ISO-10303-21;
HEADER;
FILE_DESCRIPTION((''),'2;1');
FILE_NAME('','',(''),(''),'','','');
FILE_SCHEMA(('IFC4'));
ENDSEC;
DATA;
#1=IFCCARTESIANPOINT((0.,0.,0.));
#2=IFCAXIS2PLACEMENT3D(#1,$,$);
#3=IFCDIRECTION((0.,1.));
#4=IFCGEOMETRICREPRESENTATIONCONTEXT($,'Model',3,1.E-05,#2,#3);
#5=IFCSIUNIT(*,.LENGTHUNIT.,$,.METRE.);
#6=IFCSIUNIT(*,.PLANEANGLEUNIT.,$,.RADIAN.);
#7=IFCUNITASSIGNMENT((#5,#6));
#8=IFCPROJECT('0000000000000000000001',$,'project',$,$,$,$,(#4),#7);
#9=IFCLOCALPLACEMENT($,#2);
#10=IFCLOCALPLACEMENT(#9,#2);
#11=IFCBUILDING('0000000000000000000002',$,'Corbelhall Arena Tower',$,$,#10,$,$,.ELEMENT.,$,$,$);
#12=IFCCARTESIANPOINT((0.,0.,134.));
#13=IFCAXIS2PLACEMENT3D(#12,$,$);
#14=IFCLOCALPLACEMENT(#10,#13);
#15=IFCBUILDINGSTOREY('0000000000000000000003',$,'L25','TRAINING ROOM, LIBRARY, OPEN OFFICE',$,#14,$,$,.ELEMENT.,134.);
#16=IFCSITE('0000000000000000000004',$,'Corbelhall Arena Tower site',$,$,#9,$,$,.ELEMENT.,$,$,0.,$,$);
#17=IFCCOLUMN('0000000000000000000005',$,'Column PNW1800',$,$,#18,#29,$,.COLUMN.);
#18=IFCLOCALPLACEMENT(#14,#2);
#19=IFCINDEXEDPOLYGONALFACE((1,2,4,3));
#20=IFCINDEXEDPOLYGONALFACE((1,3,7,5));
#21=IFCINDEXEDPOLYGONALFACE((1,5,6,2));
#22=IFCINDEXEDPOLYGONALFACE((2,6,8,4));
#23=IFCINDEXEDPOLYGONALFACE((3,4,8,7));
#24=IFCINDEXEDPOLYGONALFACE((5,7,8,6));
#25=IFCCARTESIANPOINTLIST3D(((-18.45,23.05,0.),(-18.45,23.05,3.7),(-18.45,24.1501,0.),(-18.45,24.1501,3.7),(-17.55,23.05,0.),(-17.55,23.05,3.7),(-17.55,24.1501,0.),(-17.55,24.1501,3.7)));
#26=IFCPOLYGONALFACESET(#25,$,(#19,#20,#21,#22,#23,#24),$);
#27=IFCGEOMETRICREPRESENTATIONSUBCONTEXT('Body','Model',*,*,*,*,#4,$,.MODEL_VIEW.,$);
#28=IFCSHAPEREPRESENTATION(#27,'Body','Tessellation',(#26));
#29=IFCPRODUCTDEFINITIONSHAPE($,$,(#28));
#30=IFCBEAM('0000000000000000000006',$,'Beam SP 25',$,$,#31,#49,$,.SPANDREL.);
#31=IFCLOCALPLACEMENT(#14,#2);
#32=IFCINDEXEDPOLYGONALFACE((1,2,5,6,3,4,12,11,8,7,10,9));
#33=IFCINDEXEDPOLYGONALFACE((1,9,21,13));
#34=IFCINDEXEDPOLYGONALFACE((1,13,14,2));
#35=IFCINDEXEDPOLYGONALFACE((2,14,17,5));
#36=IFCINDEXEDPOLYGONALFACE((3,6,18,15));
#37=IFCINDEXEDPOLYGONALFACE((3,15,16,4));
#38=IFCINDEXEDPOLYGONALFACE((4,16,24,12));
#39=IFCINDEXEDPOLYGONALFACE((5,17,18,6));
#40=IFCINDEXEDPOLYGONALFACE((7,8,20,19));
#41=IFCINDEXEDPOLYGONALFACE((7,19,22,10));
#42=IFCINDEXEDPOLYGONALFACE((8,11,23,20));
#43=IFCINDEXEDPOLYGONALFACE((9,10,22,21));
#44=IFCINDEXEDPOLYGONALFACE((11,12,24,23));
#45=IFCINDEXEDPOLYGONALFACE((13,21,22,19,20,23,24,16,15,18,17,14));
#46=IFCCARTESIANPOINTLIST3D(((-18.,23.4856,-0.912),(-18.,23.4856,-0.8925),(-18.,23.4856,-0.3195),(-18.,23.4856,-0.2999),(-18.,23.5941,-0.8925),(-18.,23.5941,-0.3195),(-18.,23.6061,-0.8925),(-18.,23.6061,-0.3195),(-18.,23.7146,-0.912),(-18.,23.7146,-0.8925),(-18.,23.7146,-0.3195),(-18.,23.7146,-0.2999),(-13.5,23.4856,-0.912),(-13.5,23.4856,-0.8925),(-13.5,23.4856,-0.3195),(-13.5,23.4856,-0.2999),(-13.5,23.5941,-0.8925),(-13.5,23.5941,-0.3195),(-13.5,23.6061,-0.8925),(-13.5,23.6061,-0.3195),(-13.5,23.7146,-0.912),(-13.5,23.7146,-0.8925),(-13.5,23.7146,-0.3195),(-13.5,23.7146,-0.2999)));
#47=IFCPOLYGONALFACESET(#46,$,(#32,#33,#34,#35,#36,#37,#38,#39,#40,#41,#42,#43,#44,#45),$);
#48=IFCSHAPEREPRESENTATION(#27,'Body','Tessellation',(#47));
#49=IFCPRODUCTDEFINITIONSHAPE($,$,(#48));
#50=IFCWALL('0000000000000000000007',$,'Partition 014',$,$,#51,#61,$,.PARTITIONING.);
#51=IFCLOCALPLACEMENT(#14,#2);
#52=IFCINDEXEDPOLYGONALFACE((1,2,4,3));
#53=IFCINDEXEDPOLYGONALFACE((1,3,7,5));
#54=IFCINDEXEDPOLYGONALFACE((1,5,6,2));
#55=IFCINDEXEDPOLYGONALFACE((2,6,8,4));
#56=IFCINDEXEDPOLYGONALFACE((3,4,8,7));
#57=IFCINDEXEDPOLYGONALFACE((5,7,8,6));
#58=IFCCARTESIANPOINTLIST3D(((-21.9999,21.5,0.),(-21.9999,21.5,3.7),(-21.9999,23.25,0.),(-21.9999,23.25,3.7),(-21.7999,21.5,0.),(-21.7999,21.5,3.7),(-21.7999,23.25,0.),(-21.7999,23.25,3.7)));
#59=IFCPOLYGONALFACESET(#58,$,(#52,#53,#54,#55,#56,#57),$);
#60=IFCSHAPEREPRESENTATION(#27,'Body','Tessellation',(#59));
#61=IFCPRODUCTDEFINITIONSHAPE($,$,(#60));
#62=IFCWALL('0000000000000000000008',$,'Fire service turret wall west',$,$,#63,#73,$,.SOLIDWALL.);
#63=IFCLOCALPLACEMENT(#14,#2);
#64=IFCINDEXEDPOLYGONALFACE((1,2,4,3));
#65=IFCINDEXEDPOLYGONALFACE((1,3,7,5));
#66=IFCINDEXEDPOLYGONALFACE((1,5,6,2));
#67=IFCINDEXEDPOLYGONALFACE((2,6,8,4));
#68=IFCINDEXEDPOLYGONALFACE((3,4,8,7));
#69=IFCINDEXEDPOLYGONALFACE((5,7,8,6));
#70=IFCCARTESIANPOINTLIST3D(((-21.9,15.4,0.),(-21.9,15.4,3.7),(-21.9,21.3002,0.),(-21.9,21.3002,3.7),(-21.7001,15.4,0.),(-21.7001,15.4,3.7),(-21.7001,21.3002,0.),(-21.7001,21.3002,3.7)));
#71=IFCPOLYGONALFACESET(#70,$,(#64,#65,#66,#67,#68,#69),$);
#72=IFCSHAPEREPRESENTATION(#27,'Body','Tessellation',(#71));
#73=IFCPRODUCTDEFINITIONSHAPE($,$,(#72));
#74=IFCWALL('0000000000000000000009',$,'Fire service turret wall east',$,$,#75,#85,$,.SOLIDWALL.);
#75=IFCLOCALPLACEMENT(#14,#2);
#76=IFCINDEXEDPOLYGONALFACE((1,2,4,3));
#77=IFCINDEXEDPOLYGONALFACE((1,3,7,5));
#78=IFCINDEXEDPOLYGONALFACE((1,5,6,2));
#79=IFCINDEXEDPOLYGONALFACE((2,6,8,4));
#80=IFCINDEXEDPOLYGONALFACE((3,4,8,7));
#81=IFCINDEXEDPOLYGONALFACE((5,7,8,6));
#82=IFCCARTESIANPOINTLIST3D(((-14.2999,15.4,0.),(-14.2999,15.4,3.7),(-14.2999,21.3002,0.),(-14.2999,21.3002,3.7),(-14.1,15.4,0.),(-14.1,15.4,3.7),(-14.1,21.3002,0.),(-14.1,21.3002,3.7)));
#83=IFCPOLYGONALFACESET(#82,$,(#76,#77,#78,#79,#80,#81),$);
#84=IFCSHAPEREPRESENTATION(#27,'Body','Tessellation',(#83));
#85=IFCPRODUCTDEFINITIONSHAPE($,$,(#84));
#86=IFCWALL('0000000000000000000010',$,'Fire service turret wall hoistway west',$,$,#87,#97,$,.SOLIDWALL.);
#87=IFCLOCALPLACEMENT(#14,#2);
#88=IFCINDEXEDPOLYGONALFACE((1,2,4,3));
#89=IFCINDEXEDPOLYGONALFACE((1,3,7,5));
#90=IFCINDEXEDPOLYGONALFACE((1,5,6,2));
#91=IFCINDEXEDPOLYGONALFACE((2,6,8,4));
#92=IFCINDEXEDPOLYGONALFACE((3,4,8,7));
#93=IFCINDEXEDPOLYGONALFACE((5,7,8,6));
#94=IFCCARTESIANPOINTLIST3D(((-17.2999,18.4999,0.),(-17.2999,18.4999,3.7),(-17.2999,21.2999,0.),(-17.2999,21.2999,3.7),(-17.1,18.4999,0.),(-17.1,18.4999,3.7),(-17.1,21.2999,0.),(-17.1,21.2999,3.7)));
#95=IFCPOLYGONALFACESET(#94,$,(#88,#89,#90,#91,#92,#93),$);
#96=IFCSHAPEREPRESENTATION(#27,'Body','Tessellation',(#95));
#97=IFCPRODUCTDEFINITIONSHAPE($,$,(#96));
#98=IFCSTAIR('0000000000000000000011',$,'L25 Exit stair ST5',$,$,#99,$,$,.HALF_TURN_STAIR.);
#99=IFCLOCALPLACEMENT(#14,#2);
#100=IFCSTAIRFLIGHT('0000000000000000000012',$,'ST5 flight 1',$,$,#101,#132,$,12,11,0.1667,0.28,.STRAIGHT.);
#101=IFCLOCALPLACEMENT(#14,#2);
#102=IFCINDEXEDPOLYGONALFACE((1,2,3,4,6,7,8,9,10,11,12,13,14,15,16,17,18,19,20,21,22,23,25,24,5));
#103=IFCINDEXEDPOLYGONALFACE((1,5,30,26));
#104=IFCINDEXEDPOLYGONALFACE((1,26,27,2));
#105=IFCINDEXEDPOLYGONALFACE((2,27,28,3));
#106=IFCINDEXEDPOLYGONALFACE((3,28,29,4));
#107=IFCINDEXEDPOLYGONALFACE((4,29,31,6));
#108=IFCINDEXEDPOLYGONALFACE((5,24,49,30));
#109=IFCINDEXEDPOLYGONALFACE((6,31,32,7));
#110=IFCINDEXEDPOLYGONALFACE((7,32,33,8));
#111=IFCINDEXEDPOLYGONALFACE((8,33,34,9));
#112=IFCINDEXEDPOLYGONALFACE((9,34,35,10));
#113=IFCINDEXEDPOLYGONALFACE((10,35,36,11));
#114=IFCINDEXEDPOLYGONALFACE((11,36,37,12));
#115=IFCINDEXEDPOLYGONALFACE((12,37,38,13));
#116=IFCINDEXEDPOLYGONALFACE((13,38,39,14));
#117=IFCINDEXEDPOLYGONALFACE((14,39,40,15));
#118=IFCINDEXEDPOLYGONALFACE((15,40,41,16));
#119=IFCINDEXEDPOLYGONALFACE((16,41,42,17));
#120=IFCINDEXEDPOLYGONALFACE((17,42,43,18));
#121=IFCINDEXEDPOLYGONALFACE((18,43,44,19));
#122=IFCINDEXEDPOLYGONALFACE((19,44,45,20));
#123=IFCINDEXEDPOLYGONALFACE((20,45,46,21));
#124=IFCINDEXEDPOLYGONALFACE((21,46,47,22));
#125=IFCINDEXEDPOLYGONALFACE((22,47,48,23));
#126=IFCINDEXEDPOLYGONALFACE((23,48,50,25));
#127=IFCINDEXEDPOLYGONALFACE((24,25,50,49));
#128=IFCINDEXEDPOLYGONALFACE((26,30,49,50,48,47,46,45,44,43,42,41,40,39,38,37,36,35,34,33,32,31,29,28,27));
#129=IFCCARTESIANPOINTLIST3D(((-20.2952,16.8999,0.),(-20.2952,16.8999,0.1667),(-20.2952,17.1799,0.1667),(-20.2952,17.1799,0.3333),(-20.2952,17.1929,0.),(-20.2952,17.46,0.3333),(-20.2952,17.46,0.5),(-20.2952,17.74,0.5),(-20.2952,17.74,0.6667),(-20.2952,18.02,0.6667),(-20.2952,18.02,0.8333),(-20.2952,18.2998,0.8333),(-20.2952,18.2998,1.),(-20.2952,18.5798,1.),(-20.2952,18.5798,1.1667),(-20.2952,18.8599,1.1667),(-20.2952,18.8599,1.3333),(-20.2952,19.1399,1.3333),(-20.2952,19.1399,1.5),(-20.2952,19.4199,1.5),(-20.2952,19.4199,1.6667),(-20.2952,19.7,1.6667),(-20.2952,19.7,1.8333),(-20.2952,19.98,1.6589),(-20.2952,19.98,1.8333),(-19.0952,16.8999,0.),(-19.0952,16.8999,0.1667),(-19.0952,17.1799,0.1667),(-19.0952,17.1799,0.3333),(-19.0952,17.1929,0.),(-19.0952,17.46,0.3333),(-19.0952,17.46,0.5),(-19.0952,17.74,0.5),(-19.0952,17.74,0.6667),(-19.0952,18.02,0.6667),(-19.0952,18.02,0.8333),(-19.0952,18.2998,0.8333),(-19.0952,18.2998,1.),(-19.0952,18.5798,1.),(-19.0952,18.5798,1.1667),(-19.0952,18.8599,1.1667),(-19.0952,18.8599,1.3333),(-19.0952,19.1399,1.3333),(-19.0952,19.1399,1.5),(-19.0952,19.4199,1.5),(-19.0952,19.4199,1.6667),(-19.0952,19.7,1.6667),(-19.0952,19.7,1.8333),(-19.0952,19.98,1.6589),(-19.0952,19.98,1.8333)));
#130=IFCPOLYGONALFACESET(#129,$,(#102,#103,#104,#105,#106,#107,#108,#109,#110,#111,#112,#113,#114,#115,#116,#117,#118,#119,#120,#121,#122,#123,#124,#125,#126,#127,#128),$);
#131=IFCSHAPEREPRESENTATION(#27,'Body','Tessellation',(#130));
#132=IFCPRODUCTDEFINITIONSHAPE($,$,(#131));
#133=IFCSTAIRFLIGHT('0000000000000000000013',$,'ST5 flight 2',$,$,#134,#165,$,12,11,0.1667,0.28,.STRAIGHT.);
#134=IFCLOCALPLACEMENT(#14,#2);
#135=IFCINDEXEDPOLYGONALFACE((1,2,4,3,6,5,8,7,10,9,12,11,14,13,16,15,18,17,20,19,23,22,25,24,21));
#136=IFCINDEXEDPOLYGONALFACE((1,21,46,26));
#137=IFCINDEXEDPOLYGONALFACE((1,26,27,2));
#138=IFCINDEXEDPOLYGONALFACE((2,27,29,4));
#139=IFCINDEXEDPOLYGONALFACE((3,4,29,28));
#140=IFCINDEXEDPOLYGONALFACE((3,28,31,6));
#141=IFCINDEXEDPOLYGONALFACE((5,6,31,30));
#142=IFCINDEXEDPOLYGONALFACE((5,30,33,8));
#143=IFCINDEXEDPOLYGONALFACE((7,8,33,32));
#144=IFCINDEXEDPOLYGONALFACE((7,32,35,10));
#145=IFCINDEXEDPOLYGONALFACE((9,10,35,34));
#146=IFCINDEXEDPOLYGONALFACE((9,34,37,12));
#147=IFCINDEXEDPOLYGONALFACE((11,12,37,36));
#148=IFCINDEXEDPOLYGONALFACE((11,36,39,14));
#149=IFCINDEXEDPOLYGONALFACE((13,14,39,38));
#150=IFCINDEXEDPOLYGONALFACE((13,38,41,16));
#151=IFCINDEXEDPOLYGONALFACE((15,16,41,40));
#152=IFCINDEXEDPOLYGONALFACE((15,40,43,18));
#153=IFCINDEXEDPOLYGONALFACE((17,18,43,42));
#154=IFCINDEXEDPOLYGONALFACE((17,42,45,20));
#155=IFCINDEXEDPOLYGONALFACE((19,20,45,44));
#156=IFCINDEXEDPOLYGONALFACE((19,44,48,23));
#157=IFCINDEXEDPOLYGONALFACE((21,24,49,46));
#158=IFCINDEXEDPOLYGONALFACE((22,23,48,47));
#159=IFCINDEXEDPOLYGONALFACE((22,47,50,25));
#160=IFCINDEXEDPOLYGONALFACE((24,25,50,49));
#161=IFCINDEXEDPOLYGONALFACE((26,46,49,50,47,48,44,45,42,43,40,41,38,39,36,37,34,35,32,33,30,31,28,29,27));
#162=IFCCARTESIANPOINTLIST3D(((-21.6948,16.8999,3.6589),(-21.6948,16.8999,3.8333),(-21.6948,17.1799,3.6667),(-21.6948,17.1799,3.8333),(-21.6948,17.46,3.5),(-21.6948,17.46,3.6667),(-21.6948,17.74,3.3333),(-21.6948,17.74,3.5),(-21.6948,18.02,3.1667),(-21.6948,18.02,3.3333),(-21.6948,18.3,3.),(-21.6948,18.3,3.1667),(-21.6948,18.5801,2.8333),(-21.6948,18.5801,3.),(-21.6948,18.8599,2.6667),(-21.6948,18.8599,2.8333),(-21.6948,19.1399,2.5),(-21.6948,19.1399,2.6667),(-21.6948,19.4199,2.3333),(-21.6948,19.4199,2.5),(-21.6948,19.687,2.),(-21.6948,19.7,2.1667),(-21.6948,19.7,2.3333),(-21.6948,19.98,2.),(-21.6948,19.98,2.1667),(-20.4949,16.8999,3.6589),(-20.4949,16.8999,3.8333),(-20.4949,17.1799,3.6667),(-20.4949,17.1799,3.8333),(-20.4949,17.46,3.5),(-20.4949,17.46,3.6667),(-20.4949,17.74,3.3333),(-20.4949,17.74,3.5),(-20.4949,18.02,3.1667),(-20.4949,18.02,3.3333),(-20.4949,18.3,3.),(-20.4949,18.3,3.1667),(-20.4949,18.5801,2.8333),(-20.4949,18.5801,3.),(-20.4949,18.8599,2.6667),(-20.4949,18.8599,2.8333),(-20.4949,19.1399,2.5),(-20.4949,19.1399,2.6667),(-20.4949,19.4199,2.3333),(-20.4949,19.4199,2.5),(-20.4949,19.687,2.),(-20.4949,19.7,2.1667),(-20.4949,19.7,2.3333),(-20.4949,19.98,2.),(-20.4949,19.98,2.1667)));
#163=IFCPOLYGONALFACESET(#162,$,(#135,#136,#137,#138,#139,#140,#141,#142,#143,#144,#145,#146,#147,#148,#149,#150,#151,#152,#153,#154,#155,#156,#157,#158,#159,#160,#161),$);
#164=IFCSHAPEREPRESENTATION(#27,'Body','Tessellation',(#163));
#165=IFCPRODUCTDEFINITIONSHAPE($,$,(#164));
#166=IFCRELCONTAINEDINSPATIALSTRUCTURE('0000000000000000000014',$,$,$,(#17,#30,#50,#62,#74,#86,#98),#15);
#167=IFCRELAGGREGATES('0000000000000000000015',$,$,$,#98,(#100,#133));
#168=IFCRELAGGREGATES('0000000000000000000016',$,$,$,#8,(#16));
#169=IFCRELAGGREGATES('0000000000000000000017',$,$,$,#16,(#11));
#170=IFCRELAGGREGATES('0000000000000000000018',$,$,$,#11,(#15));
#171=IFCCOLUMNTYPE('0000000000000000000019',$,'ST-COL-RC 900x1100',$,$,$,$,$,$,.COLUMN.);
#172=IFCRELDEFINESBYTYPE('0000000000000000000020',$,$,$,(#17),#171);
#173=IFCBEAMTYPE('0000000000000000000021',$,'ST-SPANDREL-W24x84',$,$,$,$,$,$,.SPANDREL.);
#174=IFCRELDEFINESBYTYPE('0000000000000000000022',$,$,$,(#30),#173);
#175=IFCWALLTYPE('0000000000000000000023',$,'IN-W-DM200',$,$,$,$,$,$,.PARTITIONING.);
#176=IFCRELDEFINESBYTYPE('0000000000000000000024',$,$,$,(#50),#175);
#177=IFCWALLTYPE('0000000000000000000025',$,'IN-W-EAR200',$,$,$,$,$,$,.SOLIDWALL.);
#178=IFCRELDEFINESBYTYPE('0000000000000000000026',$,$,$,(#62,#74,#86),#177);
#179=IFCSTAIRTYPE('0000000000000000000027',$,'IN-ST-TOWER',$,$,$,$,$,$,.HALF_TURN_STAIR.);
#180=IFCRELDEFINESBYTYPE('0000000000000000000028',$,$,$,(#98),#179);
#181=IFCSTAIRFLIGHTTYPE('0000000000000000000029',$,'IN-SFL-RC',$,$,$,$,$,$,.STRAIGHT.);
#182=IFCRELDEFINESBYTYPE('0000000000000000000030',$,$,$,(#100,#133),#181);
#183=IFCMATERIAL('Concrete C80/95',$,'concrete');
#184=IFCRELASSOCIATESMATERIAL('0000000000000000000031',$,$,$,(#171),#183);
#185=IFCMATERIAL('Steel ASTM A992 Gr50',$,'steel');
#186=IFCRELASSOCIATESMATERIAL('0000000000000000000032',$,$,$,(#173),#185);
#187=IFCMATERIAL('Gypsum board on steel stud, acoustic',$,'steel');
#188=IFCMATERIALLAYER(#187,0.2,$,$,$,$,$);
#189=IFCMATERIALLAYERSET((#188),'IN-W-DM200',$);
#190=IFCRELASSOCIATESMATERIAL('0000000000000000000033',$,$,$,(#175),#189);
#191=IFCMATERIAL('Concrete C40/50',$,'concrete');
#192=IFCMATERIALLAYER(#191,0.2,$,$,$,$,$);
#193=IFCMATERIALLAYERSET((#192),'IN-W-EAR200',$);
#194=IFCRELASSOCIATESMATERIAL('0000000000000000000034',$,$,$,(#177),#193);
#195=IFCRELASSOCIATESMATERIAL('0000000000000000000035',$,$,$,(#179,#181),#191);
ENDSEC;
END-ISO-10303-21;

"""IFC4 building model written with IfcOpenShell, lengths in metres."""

from ifc_helpers import new_model, si_unit, direction, frame, frame_2d, origin, origin_2d, place, context, subcontext, project, spatial, polyline, rectangle, i_section, outline, extrude, material, layer, layer_set, material_profile, profile_set, type_object, element, aggregate, save


model = new_model("IFC4")

# Units and contexts
model_context = context("Model", 3, precision=1e-05, world=origin(), true_north=direction((0.0, 1.0)))
body_context = subcontext(model_context, "Body", "Model", "MODEL_VIEW")
ifc_project = project(units=[si_unit("LENGTHUNIT", "METRE"), si_unit("PLANEANGLEUNIT", "RADIAN")], contexts=[model_context])

# Site, building, storey
site_placement = place(None, origin())
site = spatial("IfcSite", under=ifc_project, at=site_placement, Name="Corbelhall Arena Tower site", CompositionType="ELEMENT", RefElevation=0.0)
building_placement = place(site_placement, origin())
building = spatial("IfcBuilding", under=site, at=building_placement, Name="Corbelhall Arena Tower", CompositionType="ELEMENT")
storey_placement = place(building_placement, frame((0.0, 0.0, 134.0)))
storey = spatial("IfcBuildingStorey", under=building, at=storey_placement, Name="L25", Description="TRAINING ROOM, LIBRARY, OPEN OFFICE", CompositionType="ELEMENT", Elevation=134.0)

# Column
ifc_material_1 = material(Name="Concrete C80/95", Category="concrete")
ifc_material_profile_1 = material_profile(ifc_material_1, rectangle(XDim=0.8999, YDim=1.1001, at=origin_2d()))
ifc_profile_set_1 = profile_set([ifc_material_profile_1], Name="Concrete C80/95")
column_type = type_object("IfcColumnType", Name="ST-COL-RC 900x1100", PredefinedType="COLUMN", material=ifc_profile_set_1)
column_placement = place(storey_placement, frame((-18.0, 23.6001, 0.0), z_axis=(0.0, 0.0, 1.0), x_axis=(1.0, 0.0, 0.0)))
element("IfcColumn", 1, at=column_placement, inside=storey, type_object=column_type, Name="Column PNW1800", PredefinedType="COLUMN", context=body_context, shape_type="SweptSolid", body=[
    extrude(rectangle(XDim=0.8999, YDim=1.1001, at=origin_2d()), origin(), (0.0, 0.0, 1.0), 3.7),
])

# Beam
ifc_material_2 = material(Name="Steel ASTM A992 Gr50", Category="steel")
ifc_material_profile_2 = material_profile(ifc_material_2, i_section(OverallWidth=0.229, OverallDepth=0.6121, WebThickness=0.012, FlangeThickness=0.0195, at=origin_2d()))
ifc_profile_set_2 = profile_set([ifc_material_profile_2], Name="Steel ASTM A992 Gr50")
beam_type = type_object("IfcBeamType", Name="ST-SPANDREL-W24x84", PredefinedType="SPANDREL", material=ifc_profile_set_2)
beam_placement = place(storey_placement, frame((-18.0, 23.6001, -0.606), z_axis=(1.0, 0.0, 0.0), x_axis=(0.0, 1.0, 0.0)))
element("IfcBeam", 2, at=beam_placement, inside=storey, type_object=beam_type, Name="Beam SP 25", PredefinedType="SPANDREL", context=body_context, shape_type="SweptSolid", body=[
    extrude(i_section(OverallWidth=0.229, OverallDepth=0.6121, WebThickness=0.012, FlangeThickness=0.0195, at=origin_2d()), origin(), (0.0, 0.0, 1.0), 4.5),
])

# Wall
ifc_material_3 = material(Name="Gypsum board on steel stud, acoustic", Category="steel")
ifc_layer_1 = layer(ifc_material_3, 0.2)
ifc_layer_set_1 = layer_set([ifc_layer_1], Name="IN-W-DM200")
wall_type_1 = type_object("IfcWallType", Name="IN-W-DM200", PredefinedType="PARTITIONING", material=ifc_layer_set_1)
wall_1_placement = place(storey_placement, frame((-21.8999, 21.5, 0.0), z_axis=(0.0, 0.0, 1.0), x_axis=(0.0, 1.0, 0.0)))
element("IfcWall", 3, at=wall_1_placement, inside=storey, type_object=wall_type_1, Name="Partition 014", PredefinedType="PARTITIONING", context=body_context, shape_type="SweptSolid", body=[
    extrude(rectangle(XDim=1.75, YDim=0.2, at=frame_2d((0.875, 0.0))), origin(), (0.0, 0.0, 1.0), 3.7),
])

# Walls
ifc_material_4 = material(Name="Concrete C40/50", Category="concrete")
ifc_layer_2 = layer(ifc_material_4, 0.2)
ifc_layer_set_2 = layer_set([ifc_layer_2], Name="IN-W-EAR200")
wall_type_2 = type_object("IfcWallType", Name="IN-W-EAR200", PredefinedType="SOLIDWALL", material=ifc_layer_set_2)
for number, where, z_axis, x_axis, name in (
    (4, (-21.8, 15.3999, 0.0), (0.0, 0.0, 1.0), (0.0, 1.0, 0.0), "Fire service turret wall west"),
    (5, (-14.2, 15.3999, 0.0), (0.0, 0.0, 1.0), (0.0, 1.0, 0.0), "Fire service turret wall east"),
):
    element("IfcWall", number, at=place(storey_placement, frame(where, z_axis=z_axis, x_axis=x_axis)), inside=storey, type_object=wall_type_2, Name=name, PredefinedType="SOLIDWALL", context=body_context, shape_type="SweptSolid", body=[
        extrude(rectangle(XDim=5.9001, YDim=0.2, at=frame_2d((2.9502, 0.0))), origin(), (0.0, 0.0, 1.0), 3.7),
    ])

# Wall
wall_2_placement = place(storey_placement, frame((-17.2, 18.5, 0.0), z_axis=(0.0, 0.0, 1.0), x_axis=(0.0, 1.0, 0.0)))
element("IfcWall", 6, at=wall_2_placement, inside=storey, type_object=wall_type_2, Name="Fire service turret wall hoistway west", PredefinedType="SOLIDWALL", context=body_context, shape_type="SweptSolid", body=[
    extrude(rectangle(XDim=2.8, YDim=0.2, at=frame_2d((1.3999, 0.0))), origin(), (0.0, 0.0, 1.0), 3.7),
])

# Stair, stair flights
stair_type = type_object("IfcStairType", Name="IN-ST-TOWER", PredefinedType="HALF_TURN_STAIR", material=ifc_material_4)
stair_placement = place(storey_placement, origin())
stair = element("IfcStair", 7, at=stair_placement, inside=storey, type_object=stair_type, Name="L25 Exit stair ST5", PredefinedType="HALF_TURN_STAIR")
stair_flight_type = type_object("IfcStairFlightType", Name="IN-SFL-RC", PredefinedType="STRAIGHT", material=ifc_material_4)
stair_flight_1_placement = place(storey_placement, frame((-19.6951, 16.8999, 0.0), z_axis=(0.0, 0.0, 1.0), x_axis=(0.0, 1.0, 0.0)))
stair_flight_1 = element("IfcStairFlight", 8, at=stair_flight_1_placement, type_object=stair_flight_type, Name="ST5 flight 1", NumberOfRisers=12, NumberOfTreads=11, PredefinedType="STRAIGHT", RiserHeight=0.1667, TreadLength=0.28, context=body_context, shape_type="SweptSolid", body=[
    extrude(outline(polyline([(0.0, 0.0), (0.0, 0.1667), (0.28, 0.1667), (0.28, 0.3333), (0.5601, 0.3333), (0.5601, 0.5), (0.8401, 0.5), (0.8401, 0.6667), (1.1201, 0.6667), (1.1201, 0.8333), (1.3999, 0.8333), (1.3999, 1.0), (1.6799, 1.0), (1.6799, 1.1667), (1.96, 1.1667), (1.96, 1.3333), (2.24, 1.3333), (2.24, 1.5), (2.52, 1.5), (2.52, 1.6667), (2.8, 1.6667), (2.8, 1.8333), (3.0801, 1.8333), (3.0801, 2.0), (3.0801, 1.6589), (0.293, 0.0), (0.0, 0.0)])), frame((0.0, 0.6001, 0.0), z_axis=(0.0, -1.0, 0.0), x_axis=(1.0, 0.0, 0.0)), (0.0, 0.0, 1.0), 1.2),
])
stair_flight_2_placement = place(storey_placement, frame((-21.095, 19.98, 2.0), z_axis=(0.0, 0.0, 1.0), x_axis=(0.0, -1.0, 0.0)))
stair_flight_2 = element("IfcStairFlight", 9, at=stair_flight_2_placement, type_object=stair_flight_type, Name="ST5 flight 2", NumberOfRisers=12, NumberOfTreads=11, PredefinedType="STRAIGHT", RiserHeight=0.1667, TreadLength=0.28, context=body_context, shape_type="SweptSolid", body=[
    extrude(outline(polyline([(0.0, 0.0), (0.0, 0.1667), (0.28, 0.1667), (0.28, 0.3333), (0.5601, 0.3333), (0.5601, 0.5), (0.8401, 0.5), (0.8401, 0.6667), (1.1201, 0.6667), (1.1201, 0.8333), (1.3999, 0.8333), (1.3999, 1.0), (1.6799, 1.0), (1.6799, 1.1667), (1.96, 1.1667), (1.96, 1.3333), (2.24, 1.3333), (2.24, 1.5), (2.52, 1.5), (2.52, 1.6667), (2.8, 1.6667), (2.8, 1.8333), (3.0801, 1.8333), (3.0801, 2.0), (3.0801, 1.6589), (0.293, 0.0), (0.0, 0.0)])), frame((0.0, 0.6001, 0.0), z_axis=(0.0, -1.0, 0.0), x_axis=(1.0, 0.0, 0.0)), (0.0, 0.0, 1.0), 1.2),
])
aggregate(stair, [stair_flight_1, stair_flight_2])

save(model, "model.ifc")
